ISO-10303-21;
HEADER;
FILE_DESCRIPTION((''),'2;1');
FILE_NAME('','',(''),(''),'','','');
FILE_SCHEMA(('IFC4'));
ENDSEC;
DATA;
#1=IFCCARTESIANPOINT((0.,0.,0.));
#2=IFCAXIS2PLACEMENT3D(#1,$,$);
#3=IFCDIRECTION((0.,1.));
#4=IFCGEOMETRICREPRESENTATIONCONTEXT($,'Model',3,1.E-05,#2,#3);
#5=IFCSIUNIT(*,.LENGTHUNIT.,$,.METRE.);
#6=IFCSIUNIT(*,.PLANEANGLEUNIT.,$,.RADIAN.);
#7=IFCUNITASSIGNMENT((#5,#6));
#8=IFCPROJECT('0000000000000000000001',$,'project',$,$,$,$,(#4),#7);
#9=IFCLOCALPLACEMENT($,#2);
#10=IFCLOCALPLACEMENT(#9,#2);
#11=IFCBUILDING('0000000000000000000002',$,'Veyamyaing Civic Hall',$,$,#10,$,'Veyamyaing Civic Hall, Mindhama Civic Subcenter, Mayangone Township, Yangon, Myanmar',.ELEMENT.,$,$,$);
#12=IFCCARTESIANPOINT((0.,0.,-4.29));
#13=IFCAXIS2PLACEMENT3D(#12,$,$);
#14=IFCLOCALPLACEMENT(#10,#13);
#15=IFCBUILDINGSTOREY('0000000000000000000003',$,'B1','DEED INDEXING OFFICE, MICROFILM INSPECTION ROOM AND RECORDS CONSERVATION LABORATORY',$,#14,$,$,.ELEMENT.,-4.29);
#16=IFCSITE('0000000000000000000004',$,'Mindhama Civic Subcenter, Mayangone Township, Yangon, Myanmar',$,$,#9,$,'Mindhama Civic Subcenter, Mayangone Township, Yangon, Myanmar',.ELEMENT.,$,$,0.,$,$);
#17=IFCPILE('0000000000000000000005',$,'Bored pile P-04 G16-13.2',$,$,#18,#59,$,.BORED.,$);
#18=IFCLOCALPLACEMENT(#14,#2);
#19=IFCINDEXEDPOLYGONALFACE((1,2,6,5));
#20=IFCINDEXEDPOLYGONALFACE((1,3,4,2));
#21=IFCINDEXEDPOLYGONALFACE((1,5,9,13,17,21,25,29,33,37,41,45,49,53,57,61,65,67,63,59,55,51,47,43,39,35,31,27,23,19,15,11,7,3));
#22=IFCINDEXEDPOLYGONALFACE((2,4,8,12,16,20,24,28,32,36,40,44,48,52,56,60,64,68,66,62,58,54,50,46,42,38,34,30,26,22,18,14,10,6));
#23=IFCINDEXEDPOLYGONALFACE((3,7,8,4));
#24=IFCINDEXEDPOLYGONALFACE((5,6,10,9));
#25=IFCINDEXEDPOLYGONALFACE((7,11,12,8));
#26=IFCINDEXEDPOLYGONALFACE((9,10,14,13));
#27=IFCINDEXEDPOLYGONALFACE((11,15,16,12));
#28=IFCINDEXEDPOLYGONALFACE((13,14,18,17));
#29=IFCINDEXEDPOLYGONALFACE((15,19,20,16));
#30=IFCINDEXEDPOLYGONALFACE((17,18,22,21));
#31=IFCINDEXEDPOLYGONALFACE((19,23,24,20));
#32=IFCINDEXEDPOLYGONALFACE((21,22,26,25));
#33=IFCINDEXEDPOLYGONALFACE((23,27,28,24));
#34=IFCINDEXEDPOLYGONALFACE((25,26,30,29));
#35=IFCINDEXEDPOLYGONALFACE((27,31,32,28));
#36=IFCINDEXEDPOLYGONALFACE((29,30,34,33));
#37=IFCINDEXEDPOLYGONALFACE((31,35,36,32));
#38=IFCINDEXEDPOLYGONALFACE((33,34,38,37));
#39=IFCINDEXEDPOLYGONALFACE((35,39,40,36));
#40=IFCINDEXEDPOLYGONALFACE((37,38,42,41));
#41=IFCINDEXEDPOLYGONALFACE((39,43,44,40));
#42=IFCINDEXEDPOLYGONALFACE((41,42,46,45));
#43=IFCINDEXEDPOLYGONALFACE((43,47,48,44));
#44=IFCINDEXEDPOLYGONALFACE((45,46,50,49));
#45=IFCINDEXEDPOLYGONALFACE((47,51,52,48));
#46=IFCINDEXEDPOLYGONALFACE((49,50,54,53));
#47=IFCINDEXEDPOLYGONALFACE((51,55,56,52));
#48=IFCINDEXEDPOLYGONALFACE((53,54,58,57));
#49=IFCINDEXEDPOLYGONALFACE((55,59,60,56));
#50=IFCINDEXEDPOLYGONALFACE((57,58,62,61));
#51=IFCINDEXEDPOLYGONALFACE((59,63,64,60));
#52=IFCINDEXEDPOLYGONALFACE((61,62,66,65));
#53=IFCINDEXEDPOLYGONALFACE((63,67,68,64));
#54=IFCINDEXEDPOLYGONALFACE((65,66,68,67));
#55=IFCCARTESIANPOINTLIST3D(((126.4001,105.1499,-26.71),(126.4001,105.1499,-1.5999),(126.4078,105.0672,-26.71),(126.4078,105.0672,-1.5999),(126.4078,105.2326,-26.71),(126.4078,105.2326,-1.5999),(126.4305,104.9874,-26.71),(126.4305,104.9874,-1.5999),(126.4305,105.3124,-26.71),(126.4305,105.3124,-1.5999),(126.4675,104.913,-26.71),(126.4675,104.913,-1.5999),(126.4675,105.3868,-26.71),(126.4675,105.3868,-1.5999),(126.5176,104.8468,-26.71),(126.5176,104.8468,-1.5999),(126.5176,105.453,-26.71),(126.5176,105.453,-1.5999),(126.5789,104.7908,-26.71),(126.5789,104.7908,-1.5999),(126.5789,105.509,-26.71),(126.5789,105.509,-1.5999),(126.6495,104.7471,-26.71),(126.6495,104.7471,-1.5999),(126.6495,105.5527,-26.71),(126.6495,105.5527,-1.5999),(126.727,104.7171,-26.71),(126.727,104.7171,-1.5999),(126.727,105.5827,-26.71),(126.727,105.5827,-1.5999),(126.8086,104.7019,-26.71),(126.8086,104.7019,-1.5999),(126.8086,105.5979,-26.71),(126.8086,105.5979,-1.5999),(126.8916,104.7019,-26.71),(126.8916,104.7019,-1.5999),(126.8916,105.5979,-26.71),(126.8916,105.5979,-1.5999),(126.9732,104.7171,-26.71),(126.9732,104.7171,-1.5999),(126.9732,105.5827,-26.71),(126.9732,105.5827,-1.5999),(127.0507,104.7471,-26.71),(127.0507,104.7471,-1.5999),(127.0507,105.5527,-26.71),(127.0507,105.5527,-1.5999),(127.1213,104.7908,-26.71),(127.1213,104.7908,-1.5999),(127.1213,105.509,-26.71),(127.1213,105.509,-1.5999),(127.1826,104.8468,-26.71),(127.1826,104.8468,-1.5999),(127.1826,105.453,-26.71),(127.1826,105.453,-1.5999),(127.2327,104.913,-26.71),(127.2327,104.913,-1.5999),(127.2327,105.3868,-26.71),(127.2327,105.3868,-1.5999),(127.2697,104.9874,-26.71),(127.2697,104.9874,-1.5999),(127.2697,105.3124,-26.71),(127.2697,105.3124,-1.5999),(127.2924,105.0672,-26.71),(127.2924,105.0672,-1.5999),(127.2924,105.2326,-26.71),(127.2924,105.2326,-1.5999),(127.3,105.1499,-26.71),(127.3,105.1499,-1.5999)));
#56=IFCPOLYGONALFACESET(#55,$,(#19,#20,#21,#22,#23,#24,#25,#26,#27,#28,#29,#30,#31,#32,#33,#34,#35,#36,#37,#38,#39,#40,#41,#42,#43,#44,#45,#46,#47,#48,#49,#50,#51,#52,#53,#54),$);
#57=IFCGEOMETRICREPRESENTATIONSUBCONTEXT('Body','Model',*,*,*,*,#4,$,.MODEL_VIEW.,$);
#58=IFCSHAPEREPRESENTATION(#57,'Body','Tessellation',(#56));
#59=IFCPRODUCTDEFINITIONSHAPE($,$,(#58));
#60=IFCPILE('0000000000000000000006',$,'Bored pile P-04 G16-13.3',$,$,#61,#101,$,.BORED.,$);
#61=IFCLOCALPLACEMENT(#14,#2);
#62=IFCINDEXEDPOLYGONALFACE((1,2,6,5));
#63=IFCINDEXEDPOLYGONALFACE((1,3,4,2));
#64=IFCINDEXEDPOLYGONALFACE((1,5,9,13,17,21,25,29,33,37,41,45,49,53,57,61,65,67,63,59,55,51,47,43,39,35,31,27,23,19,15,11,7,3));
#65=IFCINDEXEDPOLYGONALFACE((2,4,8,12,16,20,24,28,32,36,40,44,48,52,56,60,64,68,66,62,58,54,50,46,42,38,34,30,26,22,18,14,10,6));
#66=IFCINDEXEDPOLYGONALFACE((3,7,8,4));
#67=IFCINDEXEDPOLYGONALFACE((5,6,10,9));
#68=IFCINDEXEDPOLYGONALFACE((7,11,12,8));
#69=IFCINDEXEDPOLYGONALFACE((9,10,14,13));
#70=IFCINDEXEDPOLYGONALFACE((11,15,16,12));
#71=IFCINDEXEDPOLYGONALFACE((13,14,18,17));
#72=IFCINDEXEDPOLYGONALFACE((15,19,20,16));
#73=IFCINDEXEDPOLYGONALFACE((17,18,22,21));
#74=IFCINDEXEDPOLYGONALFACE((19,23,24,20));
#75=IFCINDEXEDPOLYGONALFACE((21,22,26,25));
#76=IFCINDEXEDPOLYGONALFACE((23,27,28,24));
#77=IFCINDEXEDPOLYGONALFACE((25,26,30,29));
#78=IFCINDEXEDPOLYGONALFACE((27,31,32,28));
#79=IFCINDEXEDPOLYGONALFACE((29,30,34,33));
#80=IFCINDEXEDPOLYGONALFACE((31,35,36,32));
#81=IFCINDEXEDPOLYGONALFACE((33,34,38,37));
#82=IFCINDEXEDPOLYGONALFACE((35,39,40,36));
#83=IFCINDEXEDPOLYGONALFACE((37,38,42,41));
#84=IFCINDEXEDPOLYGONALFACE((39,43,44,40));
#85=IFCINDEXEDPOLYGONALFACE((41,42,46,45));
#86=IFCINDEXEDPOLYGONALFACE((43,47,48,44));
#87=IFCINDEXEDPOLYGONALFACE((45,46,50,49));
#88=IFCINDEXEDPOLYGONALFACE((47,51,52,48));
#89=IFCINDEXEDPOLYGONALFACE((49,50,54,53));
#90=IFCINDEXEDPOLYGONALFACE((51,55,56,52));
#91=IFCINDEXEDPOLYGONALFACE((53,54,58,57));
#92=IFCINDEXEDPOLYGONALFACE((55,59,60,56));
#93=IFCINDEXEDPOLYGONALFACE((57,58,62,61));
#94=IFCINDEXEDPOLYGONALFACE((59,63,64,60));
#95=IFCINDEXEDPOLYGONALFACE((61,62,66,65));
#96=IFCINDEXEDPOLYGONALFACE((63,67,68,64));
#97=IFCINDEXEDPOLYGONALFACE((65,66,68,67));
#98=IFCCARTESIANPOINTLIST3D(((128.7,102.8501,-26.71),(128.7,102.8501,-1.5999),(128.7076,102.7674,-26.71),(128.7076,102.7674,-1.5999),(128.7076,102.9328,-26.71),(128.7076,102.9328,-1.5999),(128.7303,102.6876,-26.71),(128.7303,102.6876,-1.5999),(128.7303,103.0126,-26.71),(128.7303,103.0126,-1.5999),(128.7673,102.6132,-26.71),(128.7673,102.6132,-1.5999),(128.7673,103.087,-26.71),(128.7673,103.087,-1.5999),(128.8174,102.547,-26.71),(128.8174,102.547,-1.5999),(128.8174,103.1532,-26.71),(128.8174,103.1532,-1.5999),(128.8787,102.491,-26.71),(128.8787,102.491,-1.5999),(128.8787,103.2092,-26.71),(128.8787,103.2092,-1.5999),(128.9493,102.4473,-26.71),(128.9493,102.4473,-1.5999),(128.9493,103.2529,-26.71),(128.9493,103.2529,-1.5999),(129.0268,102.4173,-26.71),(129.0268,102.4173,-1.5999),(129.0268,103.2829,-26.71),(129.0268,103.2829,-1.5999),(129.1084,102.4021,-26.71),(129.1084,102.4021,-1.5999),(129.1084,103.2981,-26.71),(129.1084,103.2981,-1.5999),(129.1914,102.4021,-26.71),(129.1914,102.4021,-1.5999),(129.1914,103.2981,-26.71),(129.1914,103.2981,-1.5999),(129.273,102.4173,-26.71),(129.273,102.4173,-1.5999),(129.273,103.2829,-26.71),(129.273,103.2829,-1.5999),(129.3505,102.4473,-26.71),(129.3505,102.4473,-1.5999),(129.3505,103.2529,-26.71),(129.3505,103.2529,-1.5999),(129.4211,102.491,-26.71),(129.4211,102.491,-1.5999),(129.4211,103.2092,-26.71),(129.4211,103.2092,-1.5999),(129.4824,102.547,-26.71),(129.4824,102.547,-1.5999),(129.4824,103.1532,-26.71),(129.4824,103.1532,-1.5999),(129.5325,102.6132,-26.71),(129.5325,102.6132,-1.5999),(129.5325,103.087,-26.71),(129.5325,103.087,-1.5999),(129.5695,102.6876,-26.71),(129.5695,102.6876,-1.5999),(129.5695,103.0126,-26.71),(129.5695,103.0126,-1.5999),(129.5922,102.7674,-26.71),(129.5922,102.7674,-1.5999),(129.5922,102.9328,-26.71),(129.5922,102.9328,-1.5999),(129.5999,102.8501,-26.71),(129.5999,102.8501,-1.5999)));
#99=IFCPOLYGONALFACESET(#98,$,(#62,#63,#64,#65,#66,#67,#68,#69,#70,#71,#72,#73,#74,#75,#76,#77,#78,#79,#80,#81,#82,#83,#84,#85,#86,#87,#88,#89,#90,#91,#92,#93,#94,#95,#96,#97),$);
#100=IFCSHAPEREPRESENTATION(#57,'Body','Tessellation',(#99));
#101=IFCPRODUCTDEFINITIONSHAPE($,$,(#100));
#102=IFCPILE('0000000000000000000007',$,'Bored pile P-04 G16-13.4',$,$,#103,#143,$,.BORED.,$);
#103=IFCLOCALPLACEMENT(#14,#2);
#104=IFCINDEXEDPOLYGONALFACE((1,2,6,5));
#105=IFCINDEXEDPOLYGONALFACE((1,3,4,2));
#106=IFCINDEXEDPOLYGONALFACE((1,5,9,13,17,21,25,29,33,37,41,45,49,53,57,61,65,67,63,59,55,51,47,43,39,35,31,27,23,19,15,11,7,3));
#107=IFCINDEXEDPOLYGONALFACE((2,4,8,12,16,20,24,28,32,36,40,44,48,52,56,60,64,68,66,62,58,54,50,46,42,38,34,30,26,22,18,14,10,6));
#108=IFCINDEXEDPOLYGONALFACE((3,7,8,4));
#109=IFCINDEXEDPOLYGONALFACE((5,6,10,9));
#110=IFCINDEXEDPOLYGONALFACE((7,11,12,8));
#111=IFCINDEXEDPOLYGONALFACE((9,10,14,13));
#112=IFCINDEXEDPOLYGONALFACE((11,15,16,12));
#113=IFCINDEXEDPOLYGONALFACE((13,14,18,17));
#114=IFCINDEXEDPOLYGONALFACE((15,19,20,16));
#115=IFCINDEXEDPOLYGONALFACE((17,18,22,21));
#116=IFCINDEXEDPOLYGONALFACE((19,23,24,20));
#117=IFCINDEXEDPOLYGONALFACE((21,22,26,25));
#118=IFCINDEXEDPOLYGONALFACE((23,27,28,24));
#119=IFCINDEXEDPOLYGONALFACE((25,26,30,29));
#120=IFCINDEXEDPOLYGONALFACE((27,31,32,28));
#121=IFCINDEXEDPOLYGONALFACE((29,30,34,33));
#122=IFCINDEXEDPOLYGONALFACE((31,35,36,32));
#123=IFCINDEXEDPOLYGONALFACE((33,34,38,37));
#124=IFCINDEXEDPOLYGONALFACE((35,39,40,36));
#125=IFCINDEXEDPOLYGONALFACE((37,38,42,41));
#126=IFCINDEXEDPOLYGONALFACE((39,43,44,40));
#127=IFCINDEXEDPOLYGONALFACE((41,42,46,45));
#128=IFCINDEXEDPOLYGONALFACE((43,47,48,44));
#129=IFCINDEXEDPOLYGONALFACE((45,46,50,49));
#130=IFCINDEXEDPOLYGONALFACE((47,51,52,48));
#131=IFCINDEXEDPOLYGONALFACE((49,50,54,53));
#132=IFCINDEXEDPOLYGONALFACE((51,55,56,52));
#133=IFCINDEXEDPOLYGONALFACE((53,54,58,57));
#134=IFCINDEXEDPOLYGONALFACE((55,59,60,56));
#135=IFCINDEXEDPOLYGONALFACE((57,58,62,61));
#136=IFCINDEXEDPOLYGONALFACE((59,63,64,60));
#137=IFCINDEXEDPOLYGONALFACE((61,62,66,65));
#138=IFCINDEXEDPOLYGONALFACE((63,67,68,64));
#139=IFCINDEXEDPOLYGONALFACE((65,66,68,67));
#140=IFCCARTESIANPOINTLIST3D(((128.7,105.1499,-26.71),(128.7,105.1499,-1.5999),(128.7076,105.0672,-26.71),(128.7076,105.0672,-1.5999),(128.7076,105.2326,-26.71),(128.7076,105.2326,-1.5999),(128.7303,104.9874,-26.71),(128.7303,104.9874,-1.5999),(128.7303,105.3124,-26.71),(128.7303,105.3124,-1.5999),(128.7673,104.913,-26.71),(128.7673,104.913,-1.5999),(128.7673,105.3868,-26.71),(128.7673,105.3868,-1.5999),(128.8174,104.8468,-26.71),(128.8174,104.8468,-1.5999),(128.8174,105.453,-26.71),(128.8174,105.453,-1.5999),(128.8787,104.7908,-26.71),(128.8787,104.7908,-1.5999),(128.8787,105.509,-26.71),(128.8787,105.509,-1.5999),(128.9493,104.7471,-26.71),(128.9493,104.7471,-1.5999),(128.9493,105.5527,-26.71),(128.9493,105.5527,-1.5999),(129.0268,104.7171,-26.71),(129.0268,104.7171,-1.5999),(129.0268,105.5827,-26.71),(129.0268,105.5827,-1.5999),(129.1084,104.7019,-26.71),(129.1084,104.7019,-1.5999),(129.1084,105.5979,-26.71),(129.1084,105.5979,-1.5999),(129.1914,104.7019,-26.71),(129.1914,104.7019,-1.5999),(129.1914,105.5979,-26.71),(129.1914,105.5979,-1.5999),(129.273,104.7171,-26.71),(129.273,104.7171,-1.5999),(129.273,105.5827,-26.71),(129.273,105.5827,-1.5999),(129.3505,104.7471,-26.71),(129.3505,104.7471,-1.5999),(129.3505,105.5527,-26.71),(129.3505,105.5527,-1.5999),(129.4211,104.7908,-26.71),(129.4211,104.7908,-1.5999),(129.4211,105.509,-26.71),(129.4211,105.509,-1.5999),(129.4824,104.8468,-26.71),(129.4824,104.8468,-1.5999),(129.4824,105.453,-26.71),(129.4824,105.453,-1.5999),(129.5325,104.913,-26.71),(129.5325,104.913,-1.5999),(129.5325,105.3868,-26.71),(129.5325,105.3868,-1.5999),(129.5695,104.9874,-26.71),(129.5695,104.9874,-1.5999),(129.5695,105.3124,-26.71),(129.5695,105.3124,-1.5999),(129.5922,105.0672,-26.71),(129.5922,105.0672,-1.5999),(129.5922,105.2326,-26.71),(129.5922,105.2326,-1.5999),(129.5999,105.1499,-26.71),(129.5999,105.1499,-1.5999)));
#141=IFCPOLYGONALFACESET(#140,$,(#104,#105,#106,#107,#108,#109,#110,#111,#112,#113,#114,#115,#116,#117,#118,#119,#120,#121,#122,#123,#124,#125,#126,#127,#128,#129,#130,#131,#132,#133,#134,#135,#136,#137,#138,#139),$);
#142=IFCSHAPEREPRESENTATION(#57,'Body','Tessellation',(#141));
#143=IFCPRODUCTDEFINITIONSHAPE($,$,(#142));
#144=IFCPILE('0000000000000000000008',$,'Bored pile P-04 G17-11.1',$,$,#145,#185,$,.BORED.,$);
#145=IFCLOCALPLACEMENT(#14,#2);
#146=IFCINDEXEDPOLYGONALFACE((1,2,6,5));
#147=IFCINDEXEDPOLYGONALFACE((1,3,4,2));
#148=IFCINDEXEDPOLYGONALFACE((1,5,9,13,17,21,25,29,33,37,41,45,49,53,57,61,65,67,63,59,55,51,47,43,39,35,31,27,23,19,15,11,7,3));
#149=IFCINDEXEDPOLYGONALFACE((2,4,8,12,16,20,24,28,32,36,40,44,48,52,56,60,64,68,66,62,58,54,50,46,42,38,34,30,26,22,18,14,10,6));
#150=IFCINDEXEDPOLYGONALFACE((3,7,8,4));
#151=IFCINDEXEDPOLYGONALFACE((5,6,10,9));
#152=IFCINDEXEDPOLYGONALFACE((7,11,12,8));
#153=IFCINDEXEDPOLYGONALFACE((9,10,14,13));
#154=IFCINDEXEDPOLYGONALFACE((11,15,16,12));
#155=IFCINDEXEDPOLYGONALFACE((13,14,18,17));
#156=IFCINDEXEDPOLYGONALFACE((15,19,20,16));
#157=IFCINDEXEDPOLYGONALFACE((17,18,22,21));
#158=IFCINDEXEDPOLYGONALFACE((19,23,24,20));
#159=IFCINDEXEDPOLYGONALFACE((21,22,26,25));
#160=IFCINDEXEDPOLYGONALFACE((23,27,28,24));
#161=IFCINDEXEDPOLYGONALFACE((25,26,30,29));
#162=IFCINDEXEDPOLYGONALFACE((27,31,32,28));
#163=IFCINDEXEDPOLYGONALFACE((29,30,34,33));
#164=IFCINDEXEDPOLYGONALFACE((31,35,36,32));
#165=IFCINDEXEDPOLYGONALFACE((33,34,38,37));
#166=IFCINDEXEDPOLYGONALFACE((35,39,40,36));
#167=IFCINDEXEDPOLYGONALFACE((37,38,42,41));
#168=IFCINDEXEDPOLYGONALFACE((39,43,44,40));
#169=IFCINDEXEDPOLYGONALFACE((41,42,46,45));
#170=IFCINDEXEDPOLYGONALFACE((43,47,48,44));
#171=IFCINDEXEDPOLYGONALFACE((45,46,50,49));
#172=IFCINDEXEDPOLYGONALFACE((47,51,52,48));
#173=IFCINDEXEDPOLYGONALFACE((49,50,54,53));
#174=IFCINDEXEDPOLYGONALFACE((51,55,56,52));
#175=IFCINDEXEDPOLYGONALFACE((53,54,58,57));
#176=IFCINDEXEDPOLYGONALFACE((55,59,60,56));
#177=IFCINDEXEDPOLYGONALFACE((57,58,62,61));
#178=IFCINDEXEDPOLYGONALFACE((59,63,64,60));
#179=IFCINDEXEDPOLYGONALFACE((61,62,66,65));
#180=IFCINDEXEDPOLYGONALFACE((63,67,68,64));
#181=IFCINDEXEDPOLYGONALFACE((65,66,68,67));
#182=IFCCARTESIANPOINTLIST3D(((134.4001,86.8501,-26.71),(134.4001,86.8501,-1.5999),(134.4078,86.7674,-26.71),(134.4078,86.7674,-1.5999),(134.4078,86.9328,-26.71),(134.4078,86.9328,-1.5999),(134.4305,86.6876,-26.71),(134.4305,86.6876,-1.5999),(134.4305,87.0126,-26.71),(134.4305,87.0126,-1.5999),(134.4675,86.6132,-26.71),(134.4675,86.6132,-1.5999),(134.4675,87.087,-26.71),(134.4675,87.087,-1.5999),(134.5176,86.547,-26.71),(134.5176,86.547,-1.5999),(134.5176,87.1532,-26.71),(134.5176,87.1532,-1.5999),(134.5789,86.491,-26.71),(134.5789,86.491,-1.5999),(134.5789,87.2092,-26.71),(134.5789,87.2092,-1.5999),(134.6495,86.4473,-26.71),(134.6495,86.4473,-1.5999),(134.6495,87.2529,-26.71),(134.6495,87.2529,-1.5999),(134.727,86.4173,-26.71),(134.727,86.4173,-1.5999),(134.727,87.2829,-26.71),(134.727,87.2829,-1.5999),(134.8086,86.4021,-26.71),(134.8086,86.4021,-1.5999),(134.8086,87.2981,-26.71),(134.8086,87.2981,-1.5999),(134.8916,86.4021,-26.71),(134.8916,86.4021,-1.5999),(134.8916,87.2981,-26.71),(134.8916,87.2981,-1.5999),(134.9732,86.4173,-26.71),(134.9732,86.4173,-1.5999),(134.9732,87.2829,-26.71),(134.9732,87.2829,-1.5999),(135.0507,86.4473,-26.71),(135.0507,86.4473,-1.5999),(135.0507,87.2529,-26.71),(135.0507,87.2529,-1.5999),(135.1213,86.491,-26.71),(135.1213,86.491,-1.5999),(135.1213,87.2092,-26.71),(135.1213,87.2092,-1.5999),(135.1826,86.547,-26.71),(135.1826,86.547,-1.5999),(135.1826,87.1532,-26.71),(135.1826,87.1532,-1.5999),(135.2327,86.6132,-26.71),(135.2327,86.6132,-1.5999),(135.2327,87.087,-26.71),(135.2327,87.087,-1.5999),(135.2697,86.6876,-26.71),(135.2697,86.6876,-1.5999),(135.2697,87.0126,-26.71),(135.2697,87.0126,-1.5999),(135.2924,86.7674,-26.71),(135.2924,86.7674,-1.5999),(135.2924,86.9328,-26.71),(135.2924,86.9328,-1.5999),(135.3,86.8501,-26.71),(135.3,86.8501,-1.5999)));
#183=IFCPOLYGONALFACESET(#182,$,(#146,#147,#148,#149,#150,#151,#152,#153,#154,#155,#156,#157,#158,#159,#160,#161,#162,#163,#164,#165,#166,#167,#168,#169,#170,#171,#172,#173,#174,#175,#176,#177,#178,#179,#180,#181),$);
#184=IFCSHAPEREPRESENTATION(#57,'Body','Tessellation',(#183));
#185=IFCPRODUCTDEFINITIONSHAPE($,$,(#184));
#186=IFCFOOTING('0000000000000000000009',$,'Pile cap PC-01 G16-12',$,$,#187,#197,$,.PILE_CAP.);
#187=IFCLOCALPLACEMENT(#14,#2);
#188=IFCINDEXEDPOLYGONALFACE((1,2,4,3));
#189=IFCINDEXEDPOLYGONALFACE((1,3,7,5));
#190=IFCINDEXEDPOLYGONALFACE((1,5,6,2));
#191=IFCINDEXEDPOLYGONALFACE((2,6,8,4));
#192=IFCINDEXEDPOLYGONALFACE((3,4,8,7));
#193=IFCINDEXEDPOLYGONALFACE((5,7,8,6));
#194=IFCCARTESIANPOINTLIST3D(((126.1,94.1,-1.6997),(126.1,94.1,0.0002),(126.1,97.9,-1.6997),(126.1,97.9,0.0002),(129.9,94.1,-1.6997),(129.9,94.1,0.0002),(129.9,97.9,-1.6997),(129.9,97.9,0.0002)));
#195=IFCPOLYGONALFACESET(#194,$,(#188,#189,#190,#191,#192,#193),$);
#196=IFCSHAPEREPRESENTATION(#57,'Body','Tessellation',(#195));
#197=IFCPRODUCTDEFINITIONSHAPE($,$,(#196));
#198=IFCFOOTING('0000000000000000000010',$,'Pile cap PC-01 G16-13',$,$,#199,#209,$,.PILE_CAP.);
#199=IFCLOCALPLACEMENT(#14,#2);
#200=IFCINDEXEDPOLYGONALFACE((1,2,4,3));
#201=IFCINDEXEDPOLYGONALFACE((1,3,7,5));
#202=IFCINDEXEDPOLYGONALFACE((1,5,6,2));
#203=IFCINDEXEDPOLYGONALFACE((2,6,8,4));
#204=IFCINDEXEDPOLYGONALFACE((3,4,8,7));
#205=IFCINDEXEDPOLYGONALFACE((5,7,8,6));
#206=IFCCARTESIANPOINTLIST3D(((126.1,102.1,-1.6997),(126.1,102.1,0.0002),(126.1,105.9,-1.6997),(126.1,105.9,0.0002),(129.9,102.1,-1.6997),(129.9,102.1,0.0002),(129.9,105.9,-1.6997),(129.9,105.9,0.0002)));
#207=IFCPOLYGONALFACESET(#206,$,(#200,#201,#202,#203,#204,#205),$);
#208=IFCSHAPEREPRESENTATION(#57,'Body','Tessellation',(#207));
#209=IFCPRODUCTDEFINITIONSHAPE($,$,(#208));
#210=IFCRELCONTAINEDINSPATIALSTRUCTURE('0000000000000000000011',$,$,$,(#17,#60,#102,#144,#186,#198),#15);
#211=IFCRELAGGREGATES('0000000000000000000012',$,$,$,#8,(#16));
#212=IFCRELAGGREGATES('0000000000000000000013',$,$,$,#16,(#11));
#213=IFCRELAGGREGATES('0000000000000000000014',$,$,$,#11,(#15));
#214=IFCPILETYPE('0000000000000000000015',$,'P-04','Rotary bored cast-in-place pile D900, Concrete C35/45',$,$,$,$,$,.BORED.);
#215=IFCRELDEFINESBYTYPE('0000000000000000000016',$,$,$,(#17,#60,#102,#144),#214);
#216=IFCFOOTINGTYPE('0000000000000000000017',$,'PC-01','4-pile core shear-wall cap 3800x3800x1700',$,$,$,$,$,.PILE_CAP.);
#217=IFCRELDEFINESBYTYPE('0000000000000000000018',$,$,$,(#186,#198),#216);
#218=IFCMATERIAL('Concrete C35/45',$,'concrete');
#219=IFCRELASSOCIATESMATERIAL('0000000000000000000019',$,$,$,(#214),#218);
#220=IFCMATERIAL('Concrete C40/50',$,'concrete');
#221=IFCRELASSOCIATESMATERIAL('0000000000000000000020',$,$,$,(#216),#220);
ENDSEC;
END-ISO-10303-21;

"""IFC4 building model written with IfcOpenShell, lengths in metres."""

from ifc_helpers import new_model, si_unit, direction, frame, origin, origin_2d, place, context, subcontext, project, spatial, rectangle, circle, extrude, material, material_profile, profile_set, type_object, element, save


model = new_model("IFC4")

# Units and contexts
model_context = context("Model", 3, precision=1e-05, world=origin(), true_north=direction((0.0, 1.0)))
body_context = subcontext(model_context, "Body", "Model", "MODEL_VIEW")
ifc_project = project(units=[si_unit("LENGTHUNIT", "METRE"), si_unit("PLANEANGLEUNIT", "RADIAN")], contexts=[model_context])

# Site, building, storey
site_placement = place(None, origin())
site = spatial("IfcSite", under=ifc_project, at=site_placement, Name="Mindhama Civic Subcenter, Mayangone Township, Yangon, Myanmar", LongName="Mindhama Civic Subcenter, Mayangone Township, Yangon, Myanmar", CompositionType="ELEMENT", RefElevation=0.0)
building_placement = place(site_placement, origin())
building = spatial("IfcBuilding", under=site, at=building_placement, Name="Veyamyaing Civic Hall", LongName="Veyamyaing Civic Hall, Mindhama Civic Subcenter, Mayangone Township, Yangon, Myanmar", CompositionType="ELEMENT")
storey_placement = place(building_placement, frame((0.0, 0.0, -4.29)))
storey = spatial("IfcBuildingStorey", under=building, at=storey_placement, Name="B1", Description="DEED INDEXING OFFICE, MICROFILM INSPECTION ROOM AND RECORDS CONSERVATION LABORATORY", CompositionType="ELEMENT", Elevation=-4.29)

# Shared definitions
ifc_material_1 = material(Name="Concrete C40/50", Category="concrete")

# Piles
ifc_material_2 = material(Name="Concrete C35/45", Category="concrete")
ifc_material_profile_1 = material_profile(ifc_material_2, circle(Radius=0.45, at=origin_2d()), Name="PILE-D900")
ifc_profile_set_1 = profile_set([ifc_material_profile_1], Name="Concrete C35/45")
pile_type_1 = type_object("IfcPileType", Name="P-04", Description="Rotary bored cast-in-place pile D900, Concrete C35/45", PredefinedType="BORED", material=ifc_profile_set_1)
for number, where, z_axis, x_axis, name in (
    (1, (126.8501, 105.1499, -1.5999), (0.0, 0.0, -1.0), (1.0, 0.0, 0.0), "Bored pile P-04 G16-13.2"),
    (2, (129.1499, 102.8501, -1.5999), (0.0, 0.0, -1.0), (1.0, 0.0, 0.0), "Bored pile P-04 G16-13.3"),
    (3, (129.1499, 105.1499, -1.5999), (0.0, 0.0, -1.0), (1.0, 0.0, 0.0), "Bored pile P-04 G16-13.4"),
    (4, (134.8501, 86.8501, -1.5999), (0.0, 0.0, -1.0), (1.0, 0.0, 0.0), "Bored pile P-04 G17-11.1"),
):
    element("IfcPile", number, at=place(storey_placement, frame(where, z_axis=z_axis, x_axis=x_axis)), inside=storey, type_object=pile_type_1, Name=name, PredefinedType="BORED", context=body_context, shape_type="SweptSolid", body=[
        extrude(circle(Radius=0.45, at=origin_2d()), origin(), (0.0, 0.0, 1.0), 25.1101),
    ])

# Footings
footing_type_1 = type_object("IfcFootingType", Name="PC-01", Description="4-pile core shear-wall cap 3800x3800x1700", PredefinedType="PILE_CAP", material=ifc_material_1)
for number, where, z_axis, x_axis, name in (
    (5, (128.0, 96.0, -1.6997), (0.0, 0.0, 1.0), (1.0, 0.0, 0.0), "Pile cap PC-01 G16-12"),
    (6, (128.0, 104.0, -1.6997), (0.0, 0.0, 1.0), (1.0, 0.0, 0.0), "Pile cap PC-01 G16-13"),
):
    element("IfcFooting", number, at=place(storey_placement, frame(where, z_axis=z_axis, x_axis=x_axis)), inside=storey, type_object=footing_type_1, Name=name, PredefinedType="PILE_CAP", context=body_context, shape_type="SweptSolid", body=[
        extrude(rectangle(XDim=3.8, YDim=3.8, at=origin_2d()), origin(), (0.0, 0.0, 1.0), 1.7),
    ])

save(model, "model.ifc")
